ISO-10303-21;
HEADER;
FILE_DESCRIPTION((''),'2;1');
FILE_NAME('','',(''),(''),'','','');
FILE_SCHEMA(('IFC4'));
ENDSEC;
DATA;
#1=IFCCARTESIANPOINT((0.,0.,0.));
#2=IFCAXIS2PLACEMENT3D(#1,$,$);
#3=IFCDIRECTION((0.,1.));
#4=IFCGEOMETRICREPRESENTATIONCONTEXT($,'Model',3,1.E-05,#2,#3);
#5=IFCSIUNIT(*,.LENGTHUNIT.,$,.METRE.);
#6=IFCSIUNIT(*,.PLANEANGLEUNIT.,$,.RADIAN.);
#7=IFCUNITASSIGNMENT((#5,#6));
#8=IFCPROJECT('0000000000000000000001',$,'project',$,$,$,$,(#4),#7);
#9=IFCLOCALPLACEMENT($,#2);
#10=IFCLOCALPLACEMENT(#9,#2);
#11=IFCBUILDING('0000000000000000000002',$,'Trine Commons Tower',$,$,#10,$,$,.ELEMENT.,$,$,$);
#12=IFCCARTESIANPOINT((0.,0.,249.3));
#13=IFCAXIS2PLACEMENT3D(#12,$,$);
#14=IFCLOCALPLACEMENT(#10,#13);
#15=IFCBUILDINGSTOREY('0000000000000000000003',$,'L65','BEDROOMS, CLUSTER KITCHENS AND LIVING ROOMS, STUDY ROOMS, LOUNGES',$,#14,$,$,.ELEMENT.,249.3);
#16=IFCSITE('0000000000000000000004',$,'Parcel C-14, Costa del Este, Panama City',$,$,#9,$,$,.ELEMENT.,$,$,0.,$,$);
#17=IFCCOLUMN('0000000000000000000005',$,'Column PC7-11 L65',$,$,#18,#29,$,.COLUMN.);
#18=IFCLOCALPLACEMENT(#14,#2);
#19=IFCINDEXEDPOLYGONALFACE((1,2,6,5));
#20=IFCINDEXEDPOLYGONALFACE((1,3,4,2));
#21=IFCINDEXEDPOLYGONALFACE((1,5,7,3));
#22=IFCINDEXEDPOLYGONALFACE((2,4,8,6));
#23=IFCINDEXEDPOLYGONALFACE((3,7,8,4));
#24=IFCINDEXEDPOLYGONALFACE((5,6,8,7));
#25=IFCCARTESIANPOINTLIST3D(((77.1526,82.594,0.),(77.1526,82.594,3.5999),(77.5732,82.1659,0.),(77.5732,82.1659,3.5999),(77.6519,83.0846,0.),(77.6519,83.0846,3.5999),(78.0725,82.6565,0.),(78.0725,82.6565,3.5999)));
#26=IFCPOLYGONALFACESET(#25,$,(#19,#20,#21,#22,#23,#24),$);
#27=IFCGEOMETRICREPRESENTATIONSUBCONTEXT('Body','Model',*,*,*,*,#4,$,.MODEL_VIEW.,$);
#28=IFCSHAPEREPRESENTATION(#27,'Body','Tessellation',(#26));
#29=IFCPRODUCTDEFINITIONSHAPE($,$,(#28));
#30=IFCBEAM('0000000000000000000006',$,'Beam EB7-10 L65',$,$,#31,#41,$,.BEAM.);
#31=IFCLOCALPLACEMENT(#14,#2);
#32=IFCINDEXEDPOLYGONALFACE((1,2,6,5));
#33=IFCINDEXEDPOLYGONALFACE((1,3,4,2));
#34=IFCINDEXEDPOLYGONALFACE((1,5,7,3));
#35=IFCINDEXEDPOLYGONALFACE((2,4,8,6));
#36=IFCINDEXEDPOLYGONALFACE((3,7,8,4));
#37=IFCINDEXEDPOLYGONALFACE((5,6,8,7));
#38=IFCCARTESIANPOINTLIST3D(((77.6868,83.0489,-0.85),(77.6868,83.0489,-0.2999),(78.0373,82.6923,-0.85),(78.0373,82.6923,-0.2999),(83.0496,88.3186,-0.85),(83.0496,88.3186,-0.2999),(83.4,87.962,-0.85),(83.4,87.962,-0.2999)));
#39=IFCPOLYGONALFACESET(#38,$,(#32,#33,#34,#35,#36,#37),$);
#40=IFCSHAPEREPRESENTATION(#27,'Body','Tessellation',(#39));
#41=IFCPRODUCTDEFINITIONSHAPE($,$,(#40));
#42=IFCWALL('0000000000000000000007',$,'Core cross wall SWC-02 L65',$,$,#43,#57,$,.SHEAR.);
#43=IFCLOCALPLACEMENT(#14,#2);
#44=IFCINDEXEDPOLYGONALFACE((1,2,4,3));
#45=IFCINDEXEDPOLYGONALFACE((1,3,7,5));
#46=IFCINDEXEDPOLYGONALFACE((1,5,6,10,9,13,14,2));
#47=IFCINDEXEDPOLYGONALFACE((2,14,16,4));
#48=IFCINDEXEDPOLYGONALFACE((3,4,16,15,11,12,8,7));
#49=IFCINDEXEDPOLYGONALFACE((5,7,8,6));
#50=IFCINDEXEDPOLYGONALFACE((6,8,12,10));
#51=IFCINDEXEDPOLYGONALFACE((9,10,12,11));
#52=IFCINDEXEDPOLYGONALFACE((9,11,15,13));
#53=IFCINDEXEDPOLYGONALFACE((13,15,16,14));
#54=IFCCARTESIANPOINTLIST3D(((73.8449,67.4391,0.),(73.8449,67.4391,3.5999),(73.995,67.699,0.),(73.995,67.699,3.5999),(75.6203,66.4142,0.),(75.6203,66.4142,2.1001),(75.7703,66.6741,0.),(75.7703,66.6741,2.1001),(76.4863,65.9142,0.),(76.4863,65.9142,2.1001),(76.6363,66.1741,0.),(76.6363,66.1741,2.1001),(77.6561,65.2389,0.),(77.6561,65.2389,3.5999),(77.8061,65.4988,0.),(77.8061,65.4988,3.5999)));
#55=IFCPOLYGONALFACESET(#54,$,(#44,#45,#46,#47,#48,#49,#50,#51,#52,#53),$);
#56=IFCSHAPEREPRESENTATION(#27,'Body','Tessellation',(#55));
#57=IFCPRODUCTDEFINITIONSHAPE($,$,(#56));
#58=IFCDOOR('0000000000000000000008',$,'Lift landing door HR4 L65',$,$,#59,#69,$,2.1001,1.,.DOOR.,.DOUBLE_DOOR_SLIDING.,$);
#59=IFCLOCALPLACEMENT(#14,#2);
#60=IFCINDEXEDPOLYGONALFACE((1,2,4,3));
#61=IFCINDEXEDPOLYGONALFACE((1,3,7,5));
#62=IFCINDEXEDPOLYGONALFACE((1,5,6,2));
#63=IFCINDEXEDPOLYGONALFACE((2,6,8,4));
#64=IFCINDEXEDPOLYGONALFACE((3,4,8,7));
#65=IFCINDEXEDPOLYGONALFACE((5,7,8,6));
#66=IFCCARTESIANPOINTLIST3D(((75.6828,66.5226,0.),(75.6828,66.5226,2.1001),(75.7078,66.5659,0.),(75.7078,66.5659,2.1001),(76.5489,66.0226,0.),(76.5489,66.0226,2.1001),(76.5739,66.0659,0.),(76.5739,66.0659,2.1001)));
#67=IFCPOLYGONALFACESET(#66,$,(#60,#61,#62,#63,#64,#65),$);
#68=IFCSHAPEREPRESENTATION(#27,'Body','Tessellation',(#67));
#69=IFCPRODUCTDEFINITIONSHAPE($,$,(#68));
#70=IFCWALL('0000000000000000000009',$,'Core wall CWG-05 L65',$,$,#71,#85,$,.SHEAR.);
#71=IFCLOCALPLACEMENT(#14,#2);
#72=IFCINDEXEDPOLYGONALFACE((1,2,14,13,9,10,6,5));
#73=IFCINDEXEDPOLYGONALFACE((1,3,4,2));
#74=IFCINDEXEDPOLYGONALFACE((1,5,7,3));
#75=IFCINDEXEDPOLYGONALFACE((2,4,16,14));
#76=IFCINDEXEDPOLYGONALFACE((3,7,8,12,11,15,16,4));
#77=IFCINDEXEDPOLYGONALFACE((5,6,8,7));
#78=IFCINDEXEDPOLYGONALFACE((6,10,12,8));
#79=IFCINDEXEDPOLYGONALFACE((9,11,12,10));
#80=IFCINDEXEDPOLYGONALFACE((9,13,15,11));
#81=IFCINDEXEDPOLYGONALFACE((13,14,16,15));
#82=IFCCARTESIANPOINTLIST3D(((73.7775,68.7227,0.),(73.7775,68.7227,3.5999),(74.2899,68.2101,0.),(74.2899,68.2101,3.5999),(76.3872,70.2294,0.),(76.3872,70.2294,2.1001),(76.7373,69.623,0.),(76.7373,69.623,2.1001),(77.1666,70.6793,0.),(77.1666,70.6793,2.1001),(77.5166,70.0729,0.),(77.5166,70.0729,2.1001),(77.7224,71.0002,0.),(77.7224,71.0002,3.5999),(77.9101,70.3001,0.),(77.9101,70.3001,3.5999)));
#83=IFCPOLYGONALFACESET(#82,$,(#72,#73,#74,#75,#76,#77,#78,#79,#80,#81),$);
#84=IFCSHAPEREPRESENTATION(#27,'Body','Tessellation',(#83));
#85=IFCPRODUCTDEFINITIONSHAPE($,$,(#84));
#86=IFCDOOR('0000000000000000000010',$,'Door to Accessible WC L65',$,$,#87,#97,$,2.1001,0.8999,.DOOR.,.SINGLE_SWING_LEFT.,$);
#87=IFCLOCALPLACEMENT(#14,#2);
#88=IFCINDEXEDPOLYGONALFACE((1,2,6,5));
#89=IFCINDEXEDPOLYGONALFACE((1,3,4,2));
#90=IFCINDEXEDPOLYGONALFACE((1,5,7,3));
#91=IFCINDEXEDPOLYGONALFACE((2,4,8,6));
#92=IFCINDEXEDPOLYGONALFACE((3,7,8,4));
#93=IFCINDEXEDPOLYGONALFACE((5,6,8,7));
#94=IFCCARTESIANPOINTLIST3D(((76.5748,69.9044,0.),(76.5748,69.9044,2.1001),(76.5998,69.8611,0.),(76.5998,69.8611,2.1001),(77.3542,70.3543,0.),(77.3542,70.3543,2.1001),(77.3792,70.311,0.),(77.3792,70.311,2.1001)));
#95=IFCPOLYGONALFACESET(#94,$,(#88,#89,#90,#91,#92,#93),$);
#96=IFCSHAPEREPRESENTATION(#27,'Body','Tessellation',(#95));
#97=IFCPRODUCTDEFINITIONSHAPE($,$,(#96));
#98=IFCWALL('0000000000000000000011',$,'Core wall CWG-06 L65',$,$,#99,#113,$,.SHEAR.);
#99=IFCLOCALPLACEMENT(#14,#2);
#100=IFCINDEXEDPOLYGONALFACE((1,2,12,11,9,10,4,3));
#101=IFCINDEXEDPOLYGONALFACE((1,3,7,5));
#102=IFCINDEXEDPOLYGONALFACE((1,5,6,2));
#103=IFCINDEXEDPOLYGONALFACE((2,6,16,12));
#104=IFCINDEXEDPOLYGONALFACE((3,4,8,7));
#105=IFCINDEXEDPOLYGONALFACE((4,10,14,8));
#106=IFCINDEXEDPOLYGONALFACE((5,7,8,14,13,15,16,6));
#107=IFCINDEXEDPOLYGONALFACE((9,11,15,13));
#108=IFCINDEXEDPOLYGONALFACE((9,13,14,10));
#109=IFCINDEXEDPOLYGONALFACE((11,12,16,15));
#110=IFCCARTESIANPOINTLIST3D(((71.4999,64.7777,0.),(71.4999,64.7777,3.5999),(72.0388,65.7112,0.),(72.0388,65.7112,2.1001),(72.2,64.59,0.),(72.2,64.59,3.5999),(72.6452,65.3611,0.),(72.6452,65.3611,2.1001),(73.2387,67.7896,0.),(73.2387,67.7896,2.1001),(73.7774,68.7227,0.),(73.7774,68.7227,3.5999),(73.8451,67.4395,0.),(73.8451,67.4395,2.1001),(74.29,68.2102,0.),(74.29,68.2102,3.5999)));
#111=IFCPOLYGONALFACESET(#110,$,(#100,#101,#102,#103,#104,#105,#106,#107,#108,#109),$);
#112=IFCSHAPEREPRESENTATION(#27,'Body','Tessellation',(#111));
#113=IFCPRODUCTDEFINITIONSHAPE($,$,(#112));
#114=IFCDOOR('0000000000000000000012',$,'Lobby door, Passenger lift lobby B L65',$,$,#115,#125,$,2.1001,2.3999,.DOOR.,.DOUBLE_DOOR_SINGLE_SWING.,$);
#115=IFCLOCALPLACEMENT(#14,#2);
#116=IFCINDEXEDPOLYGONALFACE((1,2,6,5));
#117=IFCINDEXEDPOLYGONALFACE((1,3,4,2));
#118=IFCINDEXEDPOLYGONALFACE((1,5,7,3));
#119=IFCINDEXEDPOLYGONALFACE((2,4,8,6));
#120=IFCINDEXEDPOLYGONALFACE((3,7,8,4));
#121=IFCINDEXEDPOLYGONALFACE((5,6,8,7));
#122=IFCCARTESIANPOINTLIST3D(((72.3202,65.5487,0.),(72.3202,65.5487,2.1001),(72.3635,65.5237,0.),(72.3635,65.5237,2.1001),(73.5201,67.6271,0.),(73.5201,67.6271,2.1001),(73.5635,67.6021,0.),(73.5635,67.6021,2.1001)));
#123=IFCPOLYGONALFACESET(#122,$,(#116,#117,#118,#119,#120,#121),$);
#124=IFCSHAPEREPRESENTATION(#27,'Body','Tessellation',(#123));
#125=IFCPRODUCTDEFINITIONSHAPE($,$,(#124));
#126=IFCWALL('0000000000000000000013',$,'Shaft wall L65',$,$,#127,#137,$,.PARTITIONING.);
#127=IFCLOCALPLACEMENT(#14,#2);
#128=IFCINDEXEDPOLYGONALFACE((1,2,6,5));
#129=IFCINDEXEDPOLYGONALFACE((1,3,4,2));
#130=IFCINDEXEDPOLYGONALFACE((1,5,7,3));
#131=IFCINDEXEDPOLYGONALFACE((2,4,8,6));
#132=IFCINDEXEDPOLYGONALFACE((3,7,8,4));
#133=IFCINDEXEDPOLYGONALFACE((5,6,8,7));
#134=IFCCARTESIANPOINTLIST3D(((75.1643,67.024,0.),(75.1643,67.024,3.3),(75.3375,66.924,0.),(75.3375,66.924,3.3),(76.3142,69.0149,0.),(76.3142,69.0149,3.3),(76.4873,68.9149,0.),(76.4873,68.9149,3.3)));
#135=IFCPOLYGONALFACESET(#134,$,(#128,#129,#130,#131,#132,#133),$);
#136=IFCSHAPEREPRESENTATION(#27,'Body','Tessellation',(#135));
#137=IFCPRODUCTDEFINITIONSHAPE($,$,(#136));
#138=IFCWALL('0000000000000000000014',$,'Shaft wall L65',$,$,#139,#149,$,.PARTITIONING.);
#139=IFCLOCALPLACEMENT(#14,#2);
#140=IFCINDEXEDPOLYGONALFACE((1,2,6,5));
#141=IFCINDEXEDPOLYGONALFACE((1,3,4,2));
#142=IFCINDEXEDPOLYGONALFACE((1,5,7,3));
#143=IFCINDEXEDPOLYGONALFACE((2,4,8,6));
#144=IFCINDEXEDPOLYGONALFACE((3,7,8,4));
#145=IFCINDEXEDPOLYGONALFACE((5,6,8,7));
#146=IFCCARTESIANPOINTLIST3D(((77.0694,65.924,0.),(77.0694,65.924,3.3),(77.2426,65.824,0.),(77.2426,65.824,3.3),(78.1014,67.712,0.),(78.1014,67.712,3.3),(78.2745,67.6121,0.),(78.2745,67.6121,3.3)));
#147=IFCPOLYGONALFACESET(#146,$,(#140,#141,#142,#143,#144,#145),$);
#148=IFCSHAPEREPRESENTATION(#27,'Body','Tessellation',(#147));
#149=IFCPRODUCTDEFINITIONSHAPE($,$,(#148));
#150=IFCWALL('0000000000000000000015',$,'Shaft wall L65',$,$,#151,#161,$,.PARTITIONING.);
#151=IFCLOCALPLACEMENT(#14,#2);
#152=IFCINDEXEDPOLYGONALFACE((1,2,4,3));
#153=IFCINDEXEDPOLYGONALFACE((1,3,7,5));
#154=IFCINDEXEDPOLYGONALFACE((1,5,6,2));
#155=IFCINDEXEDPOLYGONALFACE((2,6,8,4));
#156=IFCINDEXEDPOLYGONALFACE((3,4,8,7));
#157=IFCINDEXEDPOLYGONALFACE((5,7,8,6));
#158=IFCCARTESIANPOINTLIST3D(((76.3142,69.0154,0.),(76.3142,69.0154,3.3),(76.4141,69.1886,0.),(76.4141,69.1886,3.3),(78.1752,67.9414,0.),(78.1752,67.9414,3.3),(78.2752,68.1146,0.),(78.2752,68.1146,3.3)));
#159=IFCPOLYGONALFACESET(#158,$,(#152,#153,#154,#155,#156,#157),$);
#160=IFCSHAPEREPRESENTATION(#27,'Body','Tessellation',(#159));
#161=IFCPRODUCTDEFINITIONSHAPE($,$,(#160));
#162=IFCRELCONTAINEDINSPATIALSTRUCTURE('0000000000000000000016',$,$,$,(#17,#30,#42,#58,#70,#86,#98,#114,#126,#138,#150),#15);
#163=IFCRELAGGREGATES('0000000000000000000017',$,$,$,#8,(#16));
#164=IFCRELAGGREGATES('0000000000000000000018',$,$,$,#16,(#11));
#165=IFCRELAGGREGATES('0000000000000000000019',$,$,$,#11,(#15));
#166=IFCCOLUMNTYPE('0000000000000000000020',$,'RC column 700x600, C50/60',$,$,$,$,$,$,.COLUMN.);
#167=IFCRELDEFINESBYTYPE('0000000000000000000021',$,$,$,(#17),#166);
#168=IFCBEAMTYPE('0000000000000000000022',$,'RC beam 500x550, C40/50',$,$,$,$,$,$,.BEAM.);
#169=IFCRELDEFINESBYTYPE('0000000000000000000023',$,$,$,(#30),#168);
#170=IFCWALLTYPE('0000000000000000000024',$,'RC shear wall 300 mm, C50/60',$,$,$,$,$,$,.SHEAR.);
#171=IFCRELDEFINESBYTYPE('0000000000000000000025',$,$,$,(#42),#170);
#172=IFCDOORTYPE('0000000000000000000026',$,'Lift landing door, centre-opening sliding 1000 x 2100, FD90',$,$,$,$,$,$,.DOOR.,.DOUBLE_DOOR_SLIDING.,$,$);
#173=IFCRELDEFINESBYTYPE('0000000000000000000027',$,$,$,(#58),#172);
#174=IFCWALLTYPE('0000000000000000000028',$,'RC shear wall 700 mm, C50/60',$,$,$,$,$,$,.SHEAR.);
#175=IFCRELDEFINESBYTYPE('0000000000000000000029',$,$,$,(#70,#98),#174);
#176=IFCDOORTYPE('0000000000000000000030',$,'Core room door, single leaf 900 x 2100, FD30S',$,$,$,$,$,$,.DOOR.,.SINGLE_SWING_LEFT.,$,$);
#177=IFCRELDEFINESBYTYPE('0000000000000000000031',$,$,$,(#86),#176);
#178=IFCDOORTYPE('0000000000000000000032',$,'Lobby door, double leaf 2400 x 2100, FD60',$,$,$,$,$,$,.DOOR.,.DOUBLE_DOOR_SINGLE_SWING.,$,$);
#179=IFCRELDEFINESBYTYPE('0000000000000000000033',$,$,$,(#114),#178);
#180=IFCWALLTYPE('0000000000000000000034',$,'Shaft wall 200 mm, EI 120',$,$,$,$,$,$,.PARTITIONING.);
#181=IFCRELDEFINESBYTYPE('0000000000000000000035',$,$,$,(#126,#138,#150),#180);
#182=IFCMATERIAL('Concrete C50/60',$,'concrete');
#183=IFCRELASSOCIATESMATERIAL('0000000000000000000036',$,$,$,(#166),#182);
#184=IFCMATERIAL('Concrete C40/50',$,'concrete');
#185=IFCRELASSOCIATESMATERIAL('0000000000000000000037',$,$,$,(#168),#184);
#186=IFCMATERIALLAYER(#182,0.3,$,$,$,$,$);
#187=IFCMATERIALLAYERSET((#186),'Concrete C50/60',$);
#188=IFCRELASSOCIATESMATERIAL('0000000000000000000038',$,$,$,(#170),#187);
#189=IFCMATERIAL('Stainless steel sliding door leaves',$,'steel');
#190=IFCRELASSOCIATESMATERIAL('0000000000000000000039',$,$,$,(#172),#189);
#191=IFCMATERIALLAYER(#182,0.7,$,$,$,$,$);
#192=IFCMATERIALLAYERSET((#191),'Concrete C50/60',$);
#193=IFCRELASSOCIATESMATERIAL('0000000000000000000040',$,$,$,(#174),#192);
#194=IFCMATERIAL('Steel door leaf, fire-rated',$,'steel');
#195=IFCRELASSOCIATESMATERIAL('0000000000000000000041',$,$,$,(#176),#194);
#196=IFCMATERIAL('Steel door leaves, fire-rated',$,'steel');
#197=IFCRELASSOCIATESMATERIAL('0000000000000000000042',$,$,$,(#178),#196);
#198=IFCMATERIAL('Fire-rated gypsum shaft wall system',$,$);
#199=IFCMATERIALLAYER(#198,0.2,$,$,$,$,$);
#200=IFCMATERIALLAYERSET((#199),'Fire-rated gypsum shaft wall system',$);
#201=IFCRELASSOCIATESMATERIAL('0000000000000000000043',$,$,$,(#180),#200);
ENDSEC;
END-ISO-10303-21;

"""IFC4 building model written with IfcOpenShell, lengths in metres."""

from ifc_helpers import new_model, si_unit, direction, frame, frame_2d, origin, origin_2d, place, context, subcontext, project, spatial, polyline, rectangle, outline, extrude, material, layer, layer_set, material_profile, profile_set, type_object, element, fill, save


model = new_model("IFC4")

# Units and contexts
model_context = context("Model", 3, precision=1e-05, world=origin(), true_north=direction((0.0, 1.0)))
body_context = subcontext(model_context, "Body", "Model", "MODEL_VIEW")
ifc_project = project(units=[si_unit("LENGTHUNIT", "METRE"), si_unit("PLANEANGLEUNIT", "RADIAN")], contexts=[model_context])

# Site, building, storey
site_placement = place(None, origin())
site = spatial("IfcSite", under=ifc_project, at=site_placement, Name="Parcel C-14, Costa del Este, Panama City", CompositionType="ELEMENT", RefElevation=0.0)
building_placement = place(site_placement, origin())
building = spatial("IfcBuilding", under=site, at=building_placement, Name="Trine Commons Tower", CompositionType="ELEMENT")
storey_placement = place(building_placement, frame((0.0, 0.0, 249.3)))
storey = spatial("IfcBuildingStorey", under=building, at=storey_placement, Name="L65", Description="BEDROOMS, CLUSTER KITCHENS AND LIVING ROOMS, STUDY ROOMS, LOUNGES", CompositionType="ELEMENT", Elevation=249.3)

# Column
ifc_material_1 = material(Name="Concrete C50/60", Category="concrete")
ifc_material_profile_1 = material_profile(ifc_material_1, rectangle(XDim=0.7, YDim=0.6001, at=origin_2d()), Name="RC 700x600")
ifc_profile_set_1 = profile_set([ifc_material_profile_1], Name="Concrete C50/60")
column_type = type_object("IfcColumnType", Name="RC column 700x600, C50/60", PredefinedType="COLUMN", material=ifc_profile_set_1)
column_placement = place(storey_placement, frame((77.6125, 82.6252, 0.0), z_axis=(0.0, 0.0, 1.0), x_axis=(0.71325, 0.700909, 0.0)))
element("IfcColumn", 1, at=column_placement, inside=storey, type_object=column_type, Name="Column PC7-11 L65", PredefinedType="COLUMN", context=body_context, shape_type="SweptSolid", body=[
    extrude(rectangle(XDim=0.7, YDim=0.6001, at=origin_2d()), origin(), (0.0, 0.0, 1.0), 3.5999),
])

# Beam
ifc_material_2 = material(Name="Concrete C40/50", Category="concrete")
ifc_material_profile_2 = material_profile(ifc_material_2, rectangle(XDim=0.5, YDim=0.55, at=origin_2d()), Name="RC 500x550")
ifc_profile_set_2 = profile_set([ifc_material_profile_2], Name="Concrete C40/50")
beam_type = type_object("IfcBeamType", Name="RC beam 500x550, C40/50", PredefinedType="BEAM", material=ifc_profile_set_2)
beam_placement = place(storey_placement, frame((77.8621, 82.8706, -0.575), z_axis=(0.713266, 0.700894, 0.0), x_axis=(-0.700894, 0.713266, 0.0)))
element("IfcBeam", 2, at=beam_placement, inside=storey, type_object=beam_type, Name="Beam EB7-10 L65", PredefinedType="BEAM", context=body_context, shape_type="SweptSolid", body=[
    extrude(rectangle(XDim=0.5, YDim=0.55, at=origin_2d()), origin(), (0.0, 0.0, 1.0), 7.5186),
])

# Walls, openings, doors
ifc_layer_1 = layer(ifc_material_1, 0.3)
ifc_layer_set_1 = layer_set([ifc_layer_1], Name="Concrete C50/60")
wall_type_1 = type_object("IfcWallType", Name="RC shear wall 300 mm, C50/60", PredefinedType="SHEAR", material=ifc_layer_set_1)
wall_1_placement = place(storey_placement, frame((77.731, 65.3689, 0.0), z_axis=(0.0, 0.0, 1.0), x_axis=(-0.866036, 0.499982, 0.0)))
wall_1 = element("IfcWall", 3, at=wall_1_placement, inside=storey, type_object=wall_type_1, Name="Core cross wall SWC-02 L65", PredefinedType="SHEAR", context=body_context, shape_type="SweptSolid", body=[
    extrude(rectangle(XDim=4.4006, YDim=0.3, at=frame_2d((2.2002, 0.0))), origin(), (0.0, 0.0, 1.0), 3.5999),
])
opening_1_placement = place(wall_1_placement, frame((1.3506, 0.0, 0.0)))
opening_1 = element("IfcOpeningElement", 4, at=opening_1_placement, cuts=wall_1, PredefinedType="OPENING", context=body_context, shape_type="SweptSolid", body=[
    extrude(rectangle(XDim=1.0, YDim=2.1001, at=frame_2d((0.5, 1.05))), frame((0.0, 0.1599, 0.0), z_axis=(0.0, -1.0, 0.0), x_axis=(1.0, 0.0, 0.0)), (0.0, 0.0, 1.0), 0.3201),
])
ifc_material_3 = material(Name="Stainless steel sliding door leaves", Category="steel")
door_type_1 = type_object("IfcDoorType", Name="Lift landing door, centre-opening sliding 1000 x 2100, FD90", OperationType="DOUBLE_DOOR_SLIDING", PredefinedType="DOOR", material=ifc_material_3)
door_1_placement = place(opening_1_placement, origin())
door_1 = element("IfcDoor", 5, at=door_1_placement, inside=storey, type_object=door_type_1, Name="Lift landing door HR4 L65", OperationType="DOUBLE_DOOR_SLIDING", OverallHeight=2.1001, OverallWidth=1.0, PredefinedType="DOOR", context=body_context, shape_type="SweptSolid", body=[
    extrude(rectangle(XDim=1.0, YDim=2.1001, at=frame_2d((0.5, 1.05))), frame((0.0, 0.0249, 0.0), z_axis=(0.0, -1.0, 0.0), x_axis=(1.0, 0.0, 0.0)), (0.0, 0.0, 1.0), 0.05),
])
fill(opening_1, door_1)
ifc_layer_2 = layer(ifc_material_1, 0.7)
ifc_layer_set_2 = layer_set([ifc_layer_2], Name="Concrete C50/60")
wall_type_2 = type_object("IfcWallType", Name="RC shear wall 700 mm, C50/60", PredefinedType="SHEAR", material=ifc_layer_set_2)
wall_2_placement = place(storey_placement, frame((77.8975, 70.697, 0.0), z_axis=(0.0, 0.0, 1.0), x_axis=(-0.866035, -0.499984, 0.0)))
wall_2 = element("IfcWall", 6, at=wall_2_placement, inside=storey, type_object=wall_type_2, Name="Core wall CWG-05 L65", PredefinedType="SHEAR", context=body_context, shape_type="SweptSolid", body=[
    extrude(outline(polyline([(0.0, -0.3501), (4.5552, -0.3501), (4.3677, 0.3501), (0.1875, 0.3501), (0.0, -0.3501)])), origin(), (0.0, 0.0, 1.0), 3.5999),
])
opening_2_placement = place(wall_2_placement, frame((0.6418, 0.0, 0.0)))
opening_2 = element("IfcOpeningElement", 7, at=opening_2_placement, cuts=wall_2, PredefinedType="OPENING", context=body_context, shape_type="SweptSolid", body=[
    extrude(rectangle(XDim=0.8999, YDim=2.1001, at=frame_2d((0.45, 1.05))), frame((0.0, 0.3599, 0.0), z_axis=(0.0, -1.0, 0.0), x_axis=(1.0, 0.0, 0.0)), (0.0, 0.0, 1.0), 0.72),
])
ifc_material_4 = material(Name="Steel door leaf, fire-rated", Category="steel")
door_type_2 = type_object("IfcDoorType", Name="Core room door, single leaf 900 x 2100, FD30S", OperationType="SINGLE_SWING_LEFT", PredefinedType="DOOR", material=ifc_material_4)
door_2_placement = place(opening_2_placement, origin())
door_2 = element("IfcDoor", 8, at=door_2_placement, inside=storey, type_object=door_type_2, Name="Door to Accessible WC L65", OperationType="SINGLE_SWING_LEFT", OverallHeight=2.1001, OverallWidth=0.8999, PredefinedType="DOOR", context=body_context, shape_type="SweptSolid", body=[
    extrude(rectangle(XDim=0.8999, YDim=2.1001, at=frame_2d((0.45, 1.05))), frame((0.0, 0.0752, 0.0), z_axis=(0.0, -1.0, 0.0), x_axis=(1.0, 0.0, 0.0)), (0.0, 0.0, 1.0), 0.05),
])
fill(opening_2, door_2)
wall_3_placement = place(storey_placement, frame((74.0806, 68.5476, 0.0), z_axis=(0.0, 0.0, 1.0), x_axis=(-0.499984, -0.866035, 0.0)))
wall_3 = element("IfcWall", 9, at=wall_3_placement, inside=storey, type_object=wall_type_2, Name="Core wall CWG-06 L65", PredefinedType="SHEAR", context=body_context, shape_type="SweptSolid", body=[
    extrude(outline(polyline([(0.0, -0.3501), (4.5552, -0.3501), (4.3677, 0.3501), (0.1875, 0.3501), (0.0, -0.3501)])), origin(), (0.0, 0.0, 1.0), 3.5999),
])
opening_3_placement = place(wall_3_placement, frame((1.0774, 0.0, 0.0)))
opening_3 = element("IfcOpeningElement", 10, at=opening_3_placement, cuts=wall_3, PredefinedType="OPENING", context=body_context, shape_type="SweptSolid", body=[
    extrude(rectangle(XDim=2.3999, YDim=2.1001, at=frame_2d((1.2, 1.05))), frame((0.0, 0.3599, 0.0), z_axis=(0.0, -1.0, 0.0), x_axis=(1.0, 0.0, 0.0)), (0.0, 0.0, 1.0), 0.72),
])
ifc_material_5 = material(Name="Steel door leaves, fire-rated", Category="steel")
door_type_3 = type_object("IfcDoorType", Name="Lobby door, double leaf 2400 x 2100, FD60", OperationType="DOUBLE_DOOR_SINGLE_SWING", PredefinedType="DOOR", material=ifc_material_5)
door_3_placement = place(opening_3_placement, origin())
door_3 = element("IfcDoor", 11, at=door_3_placement, inside=storey, type_object=door_type_3, Name="Lobby door, Passenger lift lobby B L65", OperationType="DOUBLE_DOOR_SINGLE_SWING", OverallHeight=2.1001, OverallWidth=2.3999, PredefinedType="DOOR", context=body_context, shape_type="SweptSolid", body=[
    extrude(rectangle(XDim=2.3999, YDim=2.1001, at=frame_2d((1.2, 1.05))), frame((0.0, 0.0249, 0.0), z_axis=(0.0, -1.0, 0.0), x_axis=(1.0, 0.0, 0.0)), (0.0, 0.0, 1.0), 0.05),
])
fill(opening_3, door_3)

# Walls
ifc_material_6 = material(Name="Fire-rated gypsum shaft wall system")
ifc_layer_3 = layer(ifc_material_6, 0.2)
ifc_layer_set_3 = layer_set([ifc_layer_3], Name="Fire-rated gypsum shaft wall system")
wall_type_3 = type_object("IfcWallType", Name="Shaft wall 200 mm, EI 120", PredefinedType="PARTITIONING", material=ifc_layer_set_3)
wall_4_placement = place(storey_placement, frame((75.251, 66.9741, 0.0), z_axis=(0.0, 0.0, 1.0), x_axis=(0.500136, 0.865947, 0.0)))
element("IfcWall", 12, at=wall_4_placement, inside=storey, type_object=wall_type_3, Name="Shaft wall L65", PredefinedType="PARTITIONING", context=body_context, shape_type="SweptSolid", body=[
    extrude(rectangle(XDim=2.2991, YDim=0.2, at=frame_2d((1.1494, 0.0))), origin(), (0.0, 0.0, 1.0), 3.3),
])
wall_5_placement = place(storey_placement, frame((77.156, 65.874, 0.0), z_axis=(0.0, 0.0, 1.0), x_axis=(0.499866, 0.866103, 0.0)))
element("IfcWall", 13, at=wall_5_placement, inside=storey, type_object=wall_type_3, Name="Shaft wall L65", PredefinedType="PARTITIONING", context=body_context, shape_type="SweptSolid", body=[
    extrude(rectangle(XDim=2.0645, YDim=0.2, at=frame_2d((1.0322, 0.0))), origin(), (0.0, 0.0, 1.0), 3.3),
])
wall_6_placement = place(storey_placement, frame((78.2251, 68.0281, 0.0), z_axis=(0.0, 0.0, 1.0), x_axis=(-0.866131, 0.499818, 0.0)))
element("IfcWall", 14, at=wall_6_placement, inside=storey, type_object=wall_type_3, Name="Shaft wall L65", PredefinedType="PARTITIONING", context=body_context, shape_type="SweptSolid", body=[
    extrude(rectangle(XDim=2.1487, YDim=0.2, at=frame_2d((1.0742, 0.0))), origin(), (0.0, 0.0, 1.0), 3.3),
])

save(model, "model.ifc")
